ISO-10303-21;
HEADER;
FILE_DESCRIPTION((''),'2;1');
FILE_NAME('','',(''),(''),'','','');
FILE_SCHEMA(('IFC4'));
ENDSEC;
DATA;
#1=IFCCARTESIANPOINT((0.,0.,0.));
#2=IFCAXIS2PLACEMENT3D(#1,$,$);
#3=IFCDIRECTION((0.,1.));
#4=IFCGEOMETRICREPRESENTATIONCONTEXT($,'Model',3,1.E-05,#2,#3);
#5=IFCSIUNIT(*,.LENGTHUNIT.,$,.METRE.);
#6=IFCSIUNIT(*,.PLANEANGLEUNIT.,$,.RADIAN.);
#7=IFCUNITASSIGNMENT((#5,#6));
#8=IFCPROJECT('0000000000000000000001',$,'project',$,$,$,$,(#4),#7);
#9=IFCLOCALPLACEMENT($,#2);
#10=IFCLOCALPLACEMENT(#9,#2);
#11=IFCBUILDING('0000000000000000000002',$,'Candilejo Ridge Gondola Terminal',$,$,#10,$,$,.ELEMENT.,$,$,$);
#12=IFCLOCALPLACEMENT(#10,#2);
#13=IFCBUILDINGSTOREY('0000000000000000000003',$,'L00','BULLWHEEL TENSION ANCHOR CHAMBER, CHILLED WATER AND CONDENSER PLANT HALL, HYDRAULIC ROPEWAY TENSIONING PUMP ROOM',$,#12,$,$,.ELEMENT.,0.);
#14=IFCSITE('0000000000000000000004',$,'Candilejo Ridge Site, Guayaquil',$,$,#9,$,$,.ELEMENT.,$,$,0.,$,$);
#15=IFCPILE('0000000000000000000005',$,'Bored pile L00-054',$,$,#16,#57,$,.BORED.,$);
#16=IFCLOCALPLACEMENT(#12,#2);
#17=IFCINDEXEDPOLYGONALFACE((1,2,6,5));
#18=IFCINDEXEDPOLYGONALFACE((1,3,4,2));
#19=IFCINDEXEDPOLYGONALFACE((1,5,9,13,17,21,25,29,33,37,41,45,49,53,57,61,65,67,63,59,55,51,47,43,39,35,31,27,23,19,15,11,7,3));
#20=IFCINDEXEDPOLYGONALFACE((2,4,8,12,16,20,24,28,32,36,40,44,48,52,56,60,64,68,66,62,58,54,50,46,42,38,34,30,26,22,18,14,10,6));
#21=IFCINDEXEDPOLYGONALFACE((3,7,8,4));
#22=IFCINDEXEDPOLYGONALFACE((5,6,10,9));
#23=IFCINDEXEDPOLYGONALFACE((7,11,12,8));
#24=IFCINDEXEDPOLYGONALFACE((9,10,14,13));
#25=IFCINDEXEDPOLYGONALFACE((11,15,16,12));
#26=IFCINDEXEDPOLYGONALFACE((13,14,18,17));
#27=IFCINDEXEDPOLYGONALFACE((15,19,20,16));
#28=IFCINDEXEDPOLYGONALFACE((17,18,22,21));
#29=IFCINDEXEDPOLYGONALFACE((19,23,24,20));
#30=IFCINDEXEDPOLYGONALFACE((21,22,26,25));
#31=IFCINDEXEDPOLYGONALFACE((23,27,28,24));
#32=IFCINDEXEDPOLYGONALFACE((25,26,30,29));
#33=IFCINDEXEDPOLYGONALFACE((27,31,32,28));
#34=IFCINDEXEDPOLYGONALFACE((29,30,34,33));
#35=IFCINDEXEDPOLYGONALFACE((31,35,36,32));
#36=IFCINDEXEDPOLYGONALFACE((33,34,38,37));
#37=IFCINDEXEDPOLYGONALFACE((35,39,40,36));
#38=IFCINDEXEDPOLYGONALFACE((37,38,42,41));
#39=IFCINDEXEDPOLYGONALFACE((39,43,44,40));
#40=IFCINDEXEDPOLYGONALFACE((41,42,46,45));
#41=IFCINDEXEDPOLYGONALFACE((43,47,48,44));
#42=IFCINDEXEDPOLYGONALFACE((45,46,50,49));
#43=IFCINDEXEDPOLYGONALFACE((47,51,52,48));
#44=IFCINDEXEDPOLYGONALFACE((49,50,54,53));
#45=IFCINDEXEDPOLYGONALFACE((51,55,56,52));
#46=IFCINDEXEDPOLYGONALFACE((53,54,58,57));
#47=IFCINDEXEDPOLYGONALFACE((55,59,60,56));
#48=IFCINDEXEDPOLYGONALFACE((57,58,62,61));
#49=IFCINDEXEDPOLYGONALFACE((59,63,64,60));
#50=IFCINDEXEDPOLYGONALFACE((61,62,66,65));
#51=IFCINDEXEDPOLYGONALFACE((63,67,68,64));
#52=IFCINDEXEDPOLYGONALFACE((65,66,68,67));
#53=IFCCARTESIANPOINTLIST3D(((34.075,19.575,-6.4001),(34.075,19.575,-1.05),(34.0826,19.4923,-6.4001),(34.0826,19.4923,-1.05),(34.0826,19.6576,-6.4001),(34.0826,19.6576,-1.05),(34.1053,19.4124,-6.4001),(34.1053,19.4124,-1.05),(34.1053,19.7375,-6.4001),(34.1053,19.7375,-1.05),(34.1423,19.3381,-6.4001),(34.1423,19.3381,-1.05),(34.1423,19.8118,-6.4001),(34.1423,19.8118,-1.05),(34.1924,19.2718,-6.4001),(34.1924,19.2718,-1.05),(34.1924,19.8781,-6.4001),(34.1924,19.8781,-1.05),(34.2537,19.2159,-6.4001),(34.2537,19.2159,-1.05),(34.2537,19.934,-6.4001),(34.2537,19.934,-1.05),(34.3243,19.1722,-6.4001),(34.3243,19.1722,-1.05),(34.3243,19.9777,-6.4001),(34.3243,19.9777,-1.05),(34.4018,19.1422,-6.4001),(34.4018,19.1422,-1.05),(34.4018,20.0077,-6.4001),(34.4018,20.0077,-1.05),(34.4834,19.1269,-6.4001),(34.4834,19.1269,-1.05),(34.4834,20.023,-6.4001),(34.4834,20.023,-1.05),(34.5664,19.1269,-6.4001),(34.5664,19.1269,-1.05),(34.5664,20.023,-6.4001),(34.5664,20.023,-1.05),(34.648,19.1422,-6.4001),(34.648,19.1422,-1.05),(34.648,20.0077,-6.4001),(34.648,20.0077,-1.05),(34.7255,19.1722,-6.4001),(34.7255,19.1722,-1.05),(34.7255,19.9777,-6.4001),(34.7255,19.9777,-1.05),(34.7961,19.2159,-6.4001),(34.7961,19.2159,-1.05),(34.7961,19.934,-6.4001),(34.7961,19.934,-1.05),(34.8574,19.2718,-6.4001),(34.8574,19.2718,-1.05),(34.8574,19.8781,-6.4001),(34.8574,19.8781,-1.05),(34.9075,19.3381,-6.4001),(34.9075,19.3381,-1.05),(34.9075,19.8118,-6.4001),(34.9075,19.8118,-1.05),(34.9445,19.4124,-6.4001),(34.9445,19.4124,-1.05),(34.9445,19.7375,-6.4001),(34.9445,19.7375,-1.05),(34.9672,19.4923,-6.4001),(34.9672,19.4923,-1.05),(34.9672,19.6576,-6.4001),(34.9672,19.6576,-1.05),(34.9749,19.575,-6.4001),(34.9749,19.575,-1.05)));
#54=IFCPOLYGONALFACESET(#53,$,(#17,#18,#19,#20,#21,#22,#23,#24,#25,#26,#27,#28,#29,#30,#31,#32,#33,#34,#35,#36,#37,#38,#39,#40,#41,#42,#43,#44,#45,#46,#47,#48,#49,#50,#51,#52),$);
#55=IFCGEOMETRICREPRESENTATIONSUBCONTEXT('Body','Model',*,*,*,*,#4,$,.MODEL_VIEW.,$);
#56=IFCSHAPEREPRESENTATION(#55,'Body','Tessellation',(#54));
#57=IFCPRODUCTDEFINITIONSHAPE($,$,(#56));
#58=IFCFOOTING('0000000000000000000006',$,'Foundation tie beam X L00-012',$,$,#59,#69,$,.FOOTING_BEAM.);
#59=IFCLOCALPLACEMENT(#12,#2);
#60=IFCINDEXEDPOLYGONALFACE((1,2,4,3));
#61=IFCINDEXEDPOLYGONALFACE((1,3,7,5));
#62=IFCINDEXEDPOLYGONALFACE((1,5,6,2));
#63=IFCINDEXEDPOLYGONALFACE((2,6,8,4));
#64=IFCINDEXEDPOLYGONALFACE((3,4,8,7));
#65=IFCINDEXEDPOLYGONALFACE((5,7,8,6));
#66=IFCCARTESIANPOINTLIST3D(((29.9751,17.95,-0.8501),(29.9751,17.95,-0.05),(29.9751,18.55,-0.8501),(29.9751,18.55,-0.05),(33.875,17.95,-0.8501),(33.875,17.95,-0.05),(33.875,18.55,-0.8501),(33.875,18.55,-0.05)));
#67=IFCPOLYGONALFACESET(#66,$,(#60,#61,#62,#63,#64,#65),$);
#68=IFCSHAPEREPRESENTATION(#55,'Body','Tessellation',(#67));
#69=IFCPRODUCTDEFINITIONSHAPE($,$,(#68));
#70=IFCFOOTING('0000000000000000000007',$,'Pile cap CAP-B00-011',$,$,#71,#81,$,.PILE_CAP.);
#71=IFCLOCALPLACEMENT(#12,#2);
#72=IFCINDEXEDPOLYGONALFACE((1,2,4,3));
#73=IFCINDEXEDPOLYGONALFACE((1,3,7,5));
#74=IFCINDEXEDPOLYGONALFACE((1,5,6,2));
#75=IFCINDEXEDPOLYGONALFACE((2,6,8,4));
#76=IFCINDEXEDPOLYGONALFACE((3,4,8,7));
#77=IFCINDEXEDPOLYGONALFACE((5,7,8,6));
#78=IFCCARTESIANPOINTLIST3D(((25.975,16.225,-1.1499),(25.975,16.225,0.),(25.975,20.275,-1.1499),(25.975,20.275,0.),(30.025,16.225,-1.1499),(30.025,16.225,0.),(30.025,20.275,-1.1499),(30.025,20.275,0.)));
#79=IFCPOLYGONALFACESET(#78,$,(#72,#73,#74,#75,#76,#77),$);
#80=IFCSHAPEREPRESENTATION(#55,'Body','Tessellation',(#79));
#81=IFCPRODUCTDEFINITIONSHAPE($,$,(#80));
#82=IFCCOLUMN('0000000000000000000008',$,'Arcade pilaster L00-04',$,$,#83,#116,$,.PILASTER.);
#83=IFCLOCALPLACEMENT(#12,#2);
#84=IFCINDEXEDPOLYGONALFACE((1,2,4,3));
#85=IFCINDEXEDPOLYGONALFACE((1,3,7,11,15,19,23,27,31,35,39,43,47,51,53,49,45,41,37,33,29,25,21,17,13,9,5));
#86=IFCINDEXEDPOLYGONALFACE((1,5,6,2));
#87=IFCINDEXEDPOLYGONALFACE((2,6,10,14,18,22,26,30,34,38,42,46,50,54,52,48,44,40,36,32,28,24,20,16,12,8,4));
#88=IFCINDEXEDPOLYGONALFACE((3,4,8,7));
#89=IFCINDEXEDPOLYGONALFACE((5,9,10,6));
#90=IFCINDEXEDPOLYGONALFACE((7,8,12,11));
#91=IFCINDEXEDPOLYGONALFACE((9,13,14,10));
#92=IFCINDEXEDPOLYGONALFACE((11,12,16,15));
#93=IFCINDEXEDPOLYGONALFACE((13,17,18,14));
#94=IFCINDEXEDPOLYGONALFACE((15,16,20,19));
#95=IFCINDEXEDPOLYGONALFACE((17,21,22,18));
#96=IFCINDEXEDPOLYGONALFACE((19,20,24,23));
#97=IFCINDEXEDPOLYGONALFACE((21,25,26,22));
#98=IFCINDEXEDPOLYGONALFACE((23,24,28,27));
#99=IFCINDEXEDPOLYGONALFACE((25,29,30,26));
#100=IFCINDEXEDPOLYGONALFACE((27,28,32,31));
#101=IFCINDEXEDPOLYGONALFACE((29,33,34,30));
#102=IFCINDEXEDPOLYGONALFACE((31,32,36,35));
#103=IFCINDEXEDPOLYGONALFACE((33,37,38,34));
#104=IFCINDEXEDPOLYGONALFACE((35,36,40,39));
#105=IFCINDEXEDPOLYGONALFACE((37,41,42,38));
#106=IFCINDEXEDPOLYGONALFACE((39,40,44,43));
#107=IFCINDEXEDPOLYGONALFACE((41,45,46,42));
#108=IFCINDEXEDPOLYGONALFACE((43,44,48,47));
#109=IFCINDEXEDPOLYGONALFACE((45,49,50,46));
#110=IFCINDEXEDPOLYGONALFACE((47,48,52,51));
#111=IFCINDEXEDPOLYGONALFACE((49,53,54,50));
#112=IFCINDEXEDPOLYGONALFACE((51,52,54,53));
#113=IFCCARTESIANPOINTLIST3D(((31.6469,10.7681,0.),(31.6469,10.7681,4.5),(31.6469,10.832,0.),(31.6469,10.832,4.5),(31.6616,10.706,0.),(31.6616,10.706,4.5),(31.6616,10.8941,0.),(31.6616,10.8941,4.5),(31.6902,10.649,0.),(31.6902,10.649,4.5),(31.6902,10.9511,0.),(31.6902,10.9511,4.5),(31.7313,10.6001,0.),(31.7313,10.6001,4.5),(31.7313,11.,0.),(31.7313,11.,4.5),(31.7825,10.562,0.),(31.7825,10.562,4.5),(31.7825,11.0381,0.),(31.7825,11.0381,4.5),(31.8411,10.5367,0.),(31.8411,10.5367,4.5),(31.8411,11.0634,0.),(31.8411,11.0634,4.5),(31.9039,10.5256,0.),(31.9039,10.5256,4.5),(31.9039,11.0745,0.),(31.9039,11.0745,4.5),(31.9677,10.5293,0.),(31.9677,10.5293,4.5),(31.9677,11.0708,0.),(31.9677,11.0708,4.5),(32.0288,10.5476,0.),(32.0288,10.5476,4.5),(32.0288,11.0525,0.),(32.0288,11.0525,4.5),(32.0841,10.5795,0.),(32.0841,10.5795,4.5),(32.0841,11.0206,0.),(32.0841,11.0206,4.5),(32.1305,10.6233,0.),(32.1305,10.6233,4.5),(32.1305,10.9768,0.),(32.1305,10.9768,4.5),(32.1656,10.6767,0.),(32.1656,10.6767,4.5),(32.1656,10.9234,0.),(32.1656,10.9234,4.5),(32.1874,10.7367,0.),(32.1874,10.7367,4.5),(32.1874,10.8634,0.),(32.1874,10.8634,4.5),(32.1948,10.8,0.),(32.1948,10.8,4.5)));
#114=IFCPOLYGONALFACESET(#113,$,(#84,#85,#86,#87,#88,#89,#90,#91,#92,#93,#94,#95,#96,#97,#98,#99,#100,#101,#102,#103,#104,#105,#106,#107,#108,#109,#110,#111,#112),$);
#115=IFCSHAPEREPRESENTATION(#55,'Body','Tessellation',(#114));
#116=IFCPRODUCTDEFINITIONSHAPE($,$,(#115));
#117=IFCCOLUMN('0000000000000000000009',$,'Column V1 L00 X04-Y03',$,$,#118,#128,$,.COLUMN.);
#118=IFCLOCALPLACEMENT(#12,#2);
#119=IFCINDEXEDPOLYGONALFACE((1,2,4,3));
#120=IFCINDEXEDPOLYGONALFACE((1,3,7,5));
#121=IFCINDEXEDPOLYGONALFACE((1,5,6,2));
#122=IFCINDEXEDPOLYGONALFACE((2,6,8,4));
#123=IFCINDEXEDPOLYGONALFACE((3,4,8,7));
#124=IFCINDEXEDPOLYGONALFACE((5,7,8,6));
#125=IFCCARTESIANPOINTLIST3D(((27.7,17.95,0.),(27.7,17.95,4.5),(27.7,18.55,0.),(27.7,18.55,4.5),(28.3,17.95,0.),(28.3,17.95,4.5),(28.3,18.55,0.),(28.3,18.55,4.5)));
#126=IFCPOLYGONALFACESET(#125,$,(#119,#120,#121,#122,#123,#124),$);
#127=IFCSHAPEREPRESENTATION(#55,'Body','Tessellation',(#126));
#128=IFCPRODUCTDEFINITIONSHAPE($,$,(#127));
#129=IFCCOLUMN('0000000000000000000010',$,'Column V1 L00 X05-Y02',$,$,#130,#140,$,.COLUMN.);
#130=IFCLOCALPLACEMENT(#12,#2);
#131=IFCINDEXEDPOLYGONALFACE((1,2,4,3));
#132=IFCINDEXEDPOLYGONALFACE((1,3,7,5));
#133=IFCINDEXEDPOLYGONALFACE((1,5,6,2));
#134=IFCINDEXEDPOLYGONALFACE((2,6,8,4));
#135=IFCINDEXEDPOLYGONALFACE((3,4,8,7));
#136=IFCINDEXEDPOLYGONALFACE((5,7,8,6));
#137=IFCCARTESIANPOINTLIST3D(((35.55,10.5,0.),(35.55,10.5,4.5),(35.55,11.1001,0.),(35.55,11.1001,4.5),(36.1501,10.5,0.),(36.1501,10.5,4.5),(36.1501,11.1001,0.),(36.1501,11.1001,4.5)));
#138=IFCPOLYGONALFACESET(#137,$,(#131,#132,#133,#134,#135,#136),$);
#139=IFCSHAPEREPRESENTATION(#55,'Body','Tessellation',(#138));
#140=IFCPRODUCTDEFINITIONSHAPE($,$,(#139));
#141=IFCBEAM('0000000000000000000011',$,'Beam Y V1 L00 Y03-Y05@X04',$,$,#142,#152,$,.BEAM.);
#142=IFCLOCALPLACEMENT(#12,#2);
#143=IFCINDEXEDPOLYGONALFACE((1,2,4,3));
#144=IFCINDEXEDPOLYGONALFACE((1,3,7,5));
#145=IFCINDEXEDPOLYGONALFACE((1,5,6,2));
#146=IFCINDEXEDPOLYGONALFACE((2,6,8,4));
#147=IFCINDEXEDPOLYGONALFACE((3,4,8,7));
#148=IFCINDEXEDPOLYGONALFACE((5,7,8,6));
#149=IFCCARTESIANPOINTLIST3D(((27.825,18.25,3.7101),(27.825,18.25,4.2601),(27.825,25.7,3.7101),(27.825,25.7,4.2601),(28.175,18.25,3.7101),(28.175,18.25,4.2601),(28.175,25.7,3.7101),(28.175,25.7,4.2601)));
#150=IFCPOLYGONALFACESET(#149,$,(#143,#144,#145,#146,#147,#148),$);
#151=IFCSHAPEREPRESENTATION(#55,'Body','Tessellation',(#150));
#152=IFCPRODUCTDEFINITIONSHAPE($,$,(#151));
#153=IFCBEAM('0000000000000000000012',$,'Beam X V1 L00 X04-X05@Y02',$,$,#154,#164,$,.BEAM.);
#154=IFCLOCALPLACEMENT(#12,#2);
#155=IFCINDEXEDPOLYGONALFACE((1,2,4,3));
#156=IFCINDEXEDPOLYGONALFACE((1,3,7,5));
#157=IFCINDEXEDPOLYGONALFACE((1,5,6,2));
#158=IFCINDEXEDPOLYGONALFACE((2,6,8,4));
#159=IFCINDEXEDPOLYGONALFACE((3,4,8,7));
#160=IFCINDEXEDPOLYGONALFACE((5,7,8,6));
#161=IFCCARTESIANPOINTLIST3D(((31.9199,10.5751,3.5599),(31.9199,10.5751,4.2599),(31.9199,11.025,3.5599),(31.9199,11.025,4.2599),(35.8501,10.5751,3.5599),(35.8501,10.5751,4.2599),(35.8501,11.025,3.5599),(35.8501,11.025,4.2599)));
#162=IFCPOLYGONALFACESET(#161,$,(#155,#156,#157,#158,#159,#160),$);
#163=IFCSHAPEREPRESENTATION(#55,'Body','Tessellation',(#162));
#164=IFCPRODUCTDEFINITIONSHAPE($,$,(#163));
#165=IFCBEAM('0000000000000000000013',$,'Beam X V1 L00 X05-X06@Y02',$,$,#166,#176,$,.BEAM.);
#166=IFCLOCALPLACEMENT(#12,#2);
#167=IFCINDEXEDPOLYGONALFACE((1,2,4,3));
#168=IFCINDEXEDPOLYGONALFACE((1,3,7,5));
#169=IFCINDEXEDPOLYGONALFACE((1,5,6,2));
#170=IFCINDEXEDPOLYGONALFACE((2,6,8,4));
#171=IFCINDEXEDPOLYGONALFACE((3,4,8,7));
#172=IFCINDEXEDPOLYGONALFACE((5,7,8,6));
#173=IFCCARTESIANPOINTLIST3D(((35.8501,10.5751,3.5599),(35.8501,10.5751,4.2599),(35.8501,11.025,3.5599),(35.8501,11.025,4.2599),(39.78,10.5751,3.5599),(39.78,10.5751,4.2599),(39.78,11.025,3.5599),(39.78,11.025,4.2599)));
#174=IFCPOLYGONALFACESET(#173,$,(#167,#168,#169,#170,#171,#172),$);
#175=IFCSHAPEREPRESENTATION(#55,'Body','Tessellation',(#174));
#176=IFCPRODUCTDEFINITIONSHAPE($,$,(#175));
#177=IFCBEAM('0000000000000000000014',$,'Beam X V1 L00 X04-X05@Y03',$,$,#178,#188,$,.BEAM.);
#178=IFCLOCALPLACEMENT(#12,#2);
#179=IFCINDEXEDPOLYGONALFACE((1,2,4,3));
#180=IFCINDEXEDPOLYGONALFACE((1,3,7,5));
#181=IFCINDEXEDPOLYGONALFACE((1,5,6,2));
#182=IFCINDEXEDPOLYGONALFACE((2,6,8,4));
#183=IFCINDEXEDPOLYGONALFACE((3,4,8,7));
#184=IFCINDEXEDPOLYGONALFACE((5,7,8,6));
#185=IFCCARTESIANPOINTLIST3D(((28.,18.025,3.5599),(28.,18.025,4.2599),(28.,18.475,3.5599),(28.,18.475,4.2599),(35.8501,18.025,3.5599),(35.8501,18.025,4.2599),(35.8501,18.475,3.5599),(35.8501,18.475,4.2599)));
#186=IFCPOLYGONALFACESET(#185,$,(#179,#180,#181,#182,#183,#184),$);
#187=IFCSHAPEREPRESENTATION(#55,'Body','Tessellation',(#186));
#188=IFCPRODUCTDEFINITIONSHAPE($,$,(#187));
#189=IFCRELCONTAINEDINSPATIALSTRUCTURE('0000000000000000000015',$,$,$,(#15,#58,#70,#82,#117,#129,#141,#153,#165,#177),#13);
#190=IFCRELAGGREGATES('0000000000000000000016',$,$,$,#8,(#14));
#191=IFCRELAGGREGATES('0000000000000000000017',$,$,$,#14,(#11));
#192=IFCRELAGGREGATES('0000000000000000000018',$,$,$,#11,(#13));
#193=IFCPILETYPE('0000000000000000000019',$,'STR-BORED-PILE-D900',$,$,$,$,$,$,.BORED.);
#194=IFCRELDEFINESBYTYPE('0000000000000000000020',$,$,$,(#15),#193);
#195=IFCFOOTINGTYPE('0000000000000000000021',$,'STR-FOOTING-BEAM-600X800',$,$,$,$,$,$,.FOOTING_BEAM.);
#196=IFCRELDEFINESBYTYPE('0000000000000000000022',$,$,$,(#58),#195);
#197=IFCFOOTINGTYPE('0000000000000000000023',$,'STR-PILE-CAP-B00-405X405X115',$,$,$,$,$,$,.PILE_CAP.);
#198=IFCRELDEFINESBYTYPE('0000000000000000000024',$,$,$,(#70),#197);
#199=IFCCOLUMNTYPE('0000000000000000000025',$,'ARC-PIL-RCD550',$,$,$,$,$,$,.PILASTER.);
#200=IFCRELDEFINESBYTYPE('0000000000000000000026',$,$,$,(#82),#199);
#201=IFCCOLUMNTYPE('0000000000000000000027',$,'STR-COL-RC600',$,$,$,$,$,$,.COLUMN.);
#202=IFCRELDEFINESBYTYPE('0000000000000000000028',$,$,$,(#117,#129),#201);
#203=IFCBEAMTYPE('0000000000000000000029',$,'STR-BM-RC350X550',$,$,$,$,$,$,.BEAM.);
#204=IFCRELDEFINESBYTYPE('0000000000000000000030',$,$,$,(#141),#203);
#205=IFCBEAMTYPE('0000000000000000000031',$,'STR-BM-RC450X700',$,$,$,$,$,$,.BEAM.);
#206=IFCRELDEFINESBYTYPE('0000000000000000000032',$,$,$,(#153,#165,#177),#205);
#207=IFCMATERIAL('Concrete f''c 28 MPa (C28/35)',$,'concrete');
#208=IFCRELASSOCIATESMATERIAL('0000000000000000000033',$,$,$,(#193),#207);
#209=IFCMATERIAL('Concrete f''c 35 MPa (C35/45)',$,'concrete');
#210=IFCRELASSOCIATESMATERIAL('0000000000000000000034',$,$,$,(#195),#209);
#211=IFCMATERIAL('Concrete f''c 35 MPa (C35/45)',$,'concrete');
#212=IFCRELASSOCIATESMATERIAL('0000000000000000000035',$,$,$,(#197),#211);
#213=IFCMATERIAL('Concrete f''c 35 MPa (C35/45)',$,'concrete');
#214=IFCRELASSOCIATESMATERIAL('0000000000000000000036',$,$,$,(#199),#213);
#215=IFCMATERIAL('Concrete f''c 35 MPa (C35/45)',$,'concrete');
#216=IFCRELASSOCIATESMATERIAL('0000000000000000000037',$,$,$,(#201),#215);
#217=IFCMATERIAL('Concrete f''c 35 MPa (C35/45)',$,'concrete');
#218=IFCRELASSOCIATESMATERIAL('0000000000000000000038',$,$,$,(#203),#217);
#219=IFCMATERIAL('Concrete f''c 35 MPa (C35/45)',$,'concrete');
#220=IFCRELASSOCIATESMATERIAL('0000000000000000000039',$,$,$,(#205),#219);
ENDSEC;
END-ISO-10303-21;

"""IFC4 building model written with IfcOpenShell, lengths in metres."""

from ifc_helpers import new_model, si_unit, direction, frame, origin, origin_2d, place, context, subcontext, project, spatial, rectangle, circle, extrude, material, material_profile, profile_set, type_object, element, save


model = new_model("IFC4")

# Units and contexts
model_context = context("Model", 3, precision=1e-05, world=origin(), true_north=direction((0.0, 1.0)))
body_context = subcontext(model_context, "Body", "Model", "MODEL_VIEW")
ifc_project = project(units=[si_unit("LENGTHUNIT", "METRE"), si_unit("PLANEANGLEUNIT", "RADIAN")], contexts=[model_context])

# Site, building, storey
site_placement = place(None, origin())
site = spatial("IfcSite", under=ifc_project, at=site_placement, Name="Candilejo Ridge Site, Guayaquil", CompositionType="ELEMENT", RefElevation=0.0)
building_placement = place(site_placement, origin())
building = spatial("IfcBuilding", under=site, at=building_placement, Name="Candilejo Ridge Gondola Terminal", CompositionType="ELEMENT")
storey_placement = place(building_placement, origin())
storey = spatial("IfcBuildingStorey", under=building, at=storey_placement, Name="L00", Description="BULLWHEEL TENSION ANCHOR CHAMBER, CHILLED WATER AND CONDENSER PLANT HALL, HYDRAULIC ROPEWAY TENSIONING PUMP ROOM", CompositionType="ELEMENT", Elevation=0.0)

# Pile
ifc_material_1 = material(Name="Concrete f'c 28 MPa (C28/35)", Category="concrete")
ifc_material_profile_1 = material_profile(ifc_material_1, circle(Radius=0.45, at=origin_2d()))
ifc_profile_set_1 = profile_set([ifc_material_profile_1], Name="Concrete f'c 28 MPa (C28/35)")
pile_type = type_object("IfcPileType", Name="STR-BORED-PILE-D900", PredefinedType="BORED", material=ifc_profile_set_1)
for number, where, z_axis, x_axis, name in (
    (1, (34.5249, 19.575, -1.05), (0.0, 0.0, -1.0), (1.0, 0.0, 0.0), "Bored pile L00-054"),
):
    element("IfcPile", number, at=place(storey_placement, frame(where, z_axis=z_axis, x_axis=x_axis)), inside=storey, type_object=pile_type, Name=name, PredefinedType="BORED", context=body_context, shape_type="SweptSolid", body=[
        extrude(circle(Radius=0.45, at=origin_2d()), origin(), (0.0, 0.0, 1.0), 5.3501),
    ])

# Footings
ifc_material_2 = material(Name="Concrete f'c 35 MPa (C35/45)", Category="concrete")
footing_type_1 = type_object("IfcFootingType", Name="STR-FOOTING-BEAM-600X800", PredefinedType="FOOTING_BEAM", material=ifc_material_2)
footing_1_placement = place(storey_placement, frame((31.925, 18.25, -0.8501), z_axis=(0.0, 0.0, 1.0), x_axis=(1.0, 0.0, 0.0)))
element("IfcFooting", 2, at=footing_1_placement, inside=storey, type_object=footing_type_1, Name="Foundation tie beam X L00-012", PredefinedType="FOOTING_BEAM", context=body_context, shape_type="SweptSolid", body=[
    extrude(rectangle(XDim=3.8999, YDim=0.6001, at=origin_2d()), origin(), (0.0, 0.0, 1.0), 0.8),
])
ifc_material_3 = material(Name="Concrete f'c 35 MPa (C35/45)", Category="concrete")
footing_type_2 = type_object("IfcFootingType", Name="STR-PILE-CAP-B00-405X405X115", PredefinedType="PILE_CAP", material=ifc_material_3)
footing_2_placement = place(storey_placement, frame((28.0, 18.25, -1.1499), z_axis=(0.0, 0.0, 1.0), x_axis=(1.0, 0.0, 0.0)))
element("IfcFooting", 3, at=footing_2_placement, inside=storey, type_object=footing_type_2, Name="Pile cap CAP-B00-011", PredefinedType="PILE_CAP", context=body_context, shape_type="SweptSolid", body=[
    extrude(rectangle(XDim=4.05, YDim=4.05, at=origin_2d()), origin(), (0.0, 0.0, 1.0), 1.1499),
])

# Columns
ifc_material_4 = material(Name="Concrete f'c 35 MPa (C35/45)", Category="concrete")
ifc_material_profile_2 = material_profile(ifc_material_4, circle(Radius=0.2749, at=origin_2d()))
ifc_profile_set_2 = profile_set([ifc_material_profile_2], Name="Concrete f'c 35 MPa (C35/45)")
column_type_1 = type_object("IfcColumnType", Name="ARC-PIL-RCD550", PredefinedType="PILASTER", material=ifc_profile_set_2)
column_placement = place(storey_placement, frame((31.9199, 10.8, 0.0), z_axis=(0.0, 0.0, 1.0), x_axis=(1.0, 0.0, 0.0)))
element("IfcColumn", 4, at=column_placement, inside=storey, type_object=column_type_1, Name="Arcade pilaster L00-04", PredefinedType="PILASTER", context=body_context, shape_type="SweptSolid", body=[
    extrude(circle(Radius=0.2749, at=origin_2d()), origin(), (0.0, 0.0, 1.0), 4.5),
])
ifc_material_5 = material(Name="Concrete f'c 35 MPa (C35/45)", Category="concrete")
ifc_material_profile_3 = material_profile(ifc_material_5, rectangle(XDim=0.6001, YDim=0.6001, at=origin_2d()))
ifc_profile_set_3 = profile_set([ifc_material_profile_3], Name="Concrete f'c 35 MPa (C35/45)")
column_type_2 = type_object("IfcColumnType", Name="STR-COL-RC600", PredefinedType="COLUMN", material=ifc_profile_set_3)
for number, where, z_axis, x_axis, name in (
    (5, (28.0, 18.25, 0.0), (0.0, 0.0, 1.0), (1.0, 0.0, 0.0), "Column V1 L00 X04-Y03"),
    (6, (35.8501, 10.8, 0.0), (0.0, 0.0, 1.0), (1.0, 0.0, 0.0), "Column V1 L00 X05-Y02"),
):
    element("IfcColumn", number, at=place(storey_placement, frame(where, z_axis=z_axis, x_axis=x_axis)), inside=storey, type_object=column_type_2, Name=name, PredefinedType="COLUMN", context=body_context, shape_type="SweptSolid", body=[
        extrude(rectangle(XDim=0.6001, YDim=0.6001, at=origin_2d()), origin(), (0.0, 0.0, 1.0), 4.5),
    ])

# Beams
ifc_material_6 = material(Name="Concrete f'c 35 MPa (C35/45)", Category="concrete")
ifc_material_profile_4 = material_profile(ifc_material_6, rectangle(XDim=0.3501, YDim=0.55, at=origin_2d()))
ifc_profile_set_4 = profile_set([ifc_material_profile_4], Name="Concrete f'c 35 MPa (C35/45)")
beam_type_1 = type_object("IfcBeamType", Name="STR-BM-RC350X550", PredefinedType="BEAM", material=ifc_profile_set_4)
beam_1_placement = place(storey_placement, frame((28.0, 18.25, 3.9851), z_axis=(0.0, 1.0, 0.0), x_axis=(-1.0, 0.0, 0.0)))
element("IfcBeam", 7, at=beam_1_placement, inside=storey, type_object=beam_type_1, Name="Beam Y V1 L00 Y03-Y05@X04", PredefinedType="BEAM", context=body_context, shape_type="SweptSolid", body=[
    extrude(rectangle(XDim=0.3501, YDim=0.55, at=origin_2d()), origin(), (0.0, 0.0, 1.0), 7.45),
])
ifc_material_7 = material(Name="Concrete f'c 35 MPa (C35/45)", Category="concrete")
ifc_material_profile_5 = material_profile(ifc_material_7, rectangle(XDim=0.45, YDim=0.7, at=origin_2d()))
ifc_profile_set_5 = profile_set([ifc_material_profile_5], Name="Concrete f'c 35 MPa (C35/45)")
beam_type_2 = type_object("IfcBeamType", Name="STR-BM-RC450X700", PredefinedType="BEAM", material=ifc_profile_set_5)
beam_2_placement = place(storey_placement, frame((31.9199, 10.8, 3.9099), z_axis=(1.0, 0.0, 0.0), x_axis=(0.0, 1.0, 0.0)))
element("IfcBeam", 8, at=beam_2_placement, inside=storey, type_object=beam_type_2, Name="Beam X V1 L00 X04-X05@Y02", PredefinedType="BEAM", context=body_context, shape_type="SweptSolid", body=[
    extrude(rectangle(XDim=0.45, YDim=0.7, at=origin_2d()), origin(), (0.0, 0.0, 1.0), 3.9302),
])
beam_3_placement = place(storey_placement, frame((35.8501, 10.8, 3.9099), z_axis=(1.0, 0.0, 0.0), x_axis=(0.0, 1.0, 0.0)))
element("IfcBeam", 9, at=beam_3_placement, inside=storey, type_object=beam_type_2, Name="Beam X V1 L00 X05-X06@Y02", PredefinedType="BEAM", context=body_context, shape_type="SweptSolid", body=[
    extrude(rectangle(XDim=0.45, YDim=0.7, at=origin_2d()), origin(), (0.0, 0.0, 1.0), 3.9299),
])
beam_4_placement = place(storey_placement, frame((28.0, 18.25, 3.9099), z_axis=(1.0, 0.0, 0.0), x_axis=(0.0, 1.0, 0.0)))
element("IfcBeam", 10, at=beam_4_placement, inside=storey, type_object=beam_type_2, Name="Beam X V1 L00 X04-X05@Y03", PredefinedType="BEAM", context=body_context, shape_type="SweptSolid", body=[
    extrude(rectangle(XDim=0.45, YDim=0.7, at=origin_2d()), origin(), (0.0, 0.0, 1.0), 7.8501),
])

save(model, "model.ifc")
